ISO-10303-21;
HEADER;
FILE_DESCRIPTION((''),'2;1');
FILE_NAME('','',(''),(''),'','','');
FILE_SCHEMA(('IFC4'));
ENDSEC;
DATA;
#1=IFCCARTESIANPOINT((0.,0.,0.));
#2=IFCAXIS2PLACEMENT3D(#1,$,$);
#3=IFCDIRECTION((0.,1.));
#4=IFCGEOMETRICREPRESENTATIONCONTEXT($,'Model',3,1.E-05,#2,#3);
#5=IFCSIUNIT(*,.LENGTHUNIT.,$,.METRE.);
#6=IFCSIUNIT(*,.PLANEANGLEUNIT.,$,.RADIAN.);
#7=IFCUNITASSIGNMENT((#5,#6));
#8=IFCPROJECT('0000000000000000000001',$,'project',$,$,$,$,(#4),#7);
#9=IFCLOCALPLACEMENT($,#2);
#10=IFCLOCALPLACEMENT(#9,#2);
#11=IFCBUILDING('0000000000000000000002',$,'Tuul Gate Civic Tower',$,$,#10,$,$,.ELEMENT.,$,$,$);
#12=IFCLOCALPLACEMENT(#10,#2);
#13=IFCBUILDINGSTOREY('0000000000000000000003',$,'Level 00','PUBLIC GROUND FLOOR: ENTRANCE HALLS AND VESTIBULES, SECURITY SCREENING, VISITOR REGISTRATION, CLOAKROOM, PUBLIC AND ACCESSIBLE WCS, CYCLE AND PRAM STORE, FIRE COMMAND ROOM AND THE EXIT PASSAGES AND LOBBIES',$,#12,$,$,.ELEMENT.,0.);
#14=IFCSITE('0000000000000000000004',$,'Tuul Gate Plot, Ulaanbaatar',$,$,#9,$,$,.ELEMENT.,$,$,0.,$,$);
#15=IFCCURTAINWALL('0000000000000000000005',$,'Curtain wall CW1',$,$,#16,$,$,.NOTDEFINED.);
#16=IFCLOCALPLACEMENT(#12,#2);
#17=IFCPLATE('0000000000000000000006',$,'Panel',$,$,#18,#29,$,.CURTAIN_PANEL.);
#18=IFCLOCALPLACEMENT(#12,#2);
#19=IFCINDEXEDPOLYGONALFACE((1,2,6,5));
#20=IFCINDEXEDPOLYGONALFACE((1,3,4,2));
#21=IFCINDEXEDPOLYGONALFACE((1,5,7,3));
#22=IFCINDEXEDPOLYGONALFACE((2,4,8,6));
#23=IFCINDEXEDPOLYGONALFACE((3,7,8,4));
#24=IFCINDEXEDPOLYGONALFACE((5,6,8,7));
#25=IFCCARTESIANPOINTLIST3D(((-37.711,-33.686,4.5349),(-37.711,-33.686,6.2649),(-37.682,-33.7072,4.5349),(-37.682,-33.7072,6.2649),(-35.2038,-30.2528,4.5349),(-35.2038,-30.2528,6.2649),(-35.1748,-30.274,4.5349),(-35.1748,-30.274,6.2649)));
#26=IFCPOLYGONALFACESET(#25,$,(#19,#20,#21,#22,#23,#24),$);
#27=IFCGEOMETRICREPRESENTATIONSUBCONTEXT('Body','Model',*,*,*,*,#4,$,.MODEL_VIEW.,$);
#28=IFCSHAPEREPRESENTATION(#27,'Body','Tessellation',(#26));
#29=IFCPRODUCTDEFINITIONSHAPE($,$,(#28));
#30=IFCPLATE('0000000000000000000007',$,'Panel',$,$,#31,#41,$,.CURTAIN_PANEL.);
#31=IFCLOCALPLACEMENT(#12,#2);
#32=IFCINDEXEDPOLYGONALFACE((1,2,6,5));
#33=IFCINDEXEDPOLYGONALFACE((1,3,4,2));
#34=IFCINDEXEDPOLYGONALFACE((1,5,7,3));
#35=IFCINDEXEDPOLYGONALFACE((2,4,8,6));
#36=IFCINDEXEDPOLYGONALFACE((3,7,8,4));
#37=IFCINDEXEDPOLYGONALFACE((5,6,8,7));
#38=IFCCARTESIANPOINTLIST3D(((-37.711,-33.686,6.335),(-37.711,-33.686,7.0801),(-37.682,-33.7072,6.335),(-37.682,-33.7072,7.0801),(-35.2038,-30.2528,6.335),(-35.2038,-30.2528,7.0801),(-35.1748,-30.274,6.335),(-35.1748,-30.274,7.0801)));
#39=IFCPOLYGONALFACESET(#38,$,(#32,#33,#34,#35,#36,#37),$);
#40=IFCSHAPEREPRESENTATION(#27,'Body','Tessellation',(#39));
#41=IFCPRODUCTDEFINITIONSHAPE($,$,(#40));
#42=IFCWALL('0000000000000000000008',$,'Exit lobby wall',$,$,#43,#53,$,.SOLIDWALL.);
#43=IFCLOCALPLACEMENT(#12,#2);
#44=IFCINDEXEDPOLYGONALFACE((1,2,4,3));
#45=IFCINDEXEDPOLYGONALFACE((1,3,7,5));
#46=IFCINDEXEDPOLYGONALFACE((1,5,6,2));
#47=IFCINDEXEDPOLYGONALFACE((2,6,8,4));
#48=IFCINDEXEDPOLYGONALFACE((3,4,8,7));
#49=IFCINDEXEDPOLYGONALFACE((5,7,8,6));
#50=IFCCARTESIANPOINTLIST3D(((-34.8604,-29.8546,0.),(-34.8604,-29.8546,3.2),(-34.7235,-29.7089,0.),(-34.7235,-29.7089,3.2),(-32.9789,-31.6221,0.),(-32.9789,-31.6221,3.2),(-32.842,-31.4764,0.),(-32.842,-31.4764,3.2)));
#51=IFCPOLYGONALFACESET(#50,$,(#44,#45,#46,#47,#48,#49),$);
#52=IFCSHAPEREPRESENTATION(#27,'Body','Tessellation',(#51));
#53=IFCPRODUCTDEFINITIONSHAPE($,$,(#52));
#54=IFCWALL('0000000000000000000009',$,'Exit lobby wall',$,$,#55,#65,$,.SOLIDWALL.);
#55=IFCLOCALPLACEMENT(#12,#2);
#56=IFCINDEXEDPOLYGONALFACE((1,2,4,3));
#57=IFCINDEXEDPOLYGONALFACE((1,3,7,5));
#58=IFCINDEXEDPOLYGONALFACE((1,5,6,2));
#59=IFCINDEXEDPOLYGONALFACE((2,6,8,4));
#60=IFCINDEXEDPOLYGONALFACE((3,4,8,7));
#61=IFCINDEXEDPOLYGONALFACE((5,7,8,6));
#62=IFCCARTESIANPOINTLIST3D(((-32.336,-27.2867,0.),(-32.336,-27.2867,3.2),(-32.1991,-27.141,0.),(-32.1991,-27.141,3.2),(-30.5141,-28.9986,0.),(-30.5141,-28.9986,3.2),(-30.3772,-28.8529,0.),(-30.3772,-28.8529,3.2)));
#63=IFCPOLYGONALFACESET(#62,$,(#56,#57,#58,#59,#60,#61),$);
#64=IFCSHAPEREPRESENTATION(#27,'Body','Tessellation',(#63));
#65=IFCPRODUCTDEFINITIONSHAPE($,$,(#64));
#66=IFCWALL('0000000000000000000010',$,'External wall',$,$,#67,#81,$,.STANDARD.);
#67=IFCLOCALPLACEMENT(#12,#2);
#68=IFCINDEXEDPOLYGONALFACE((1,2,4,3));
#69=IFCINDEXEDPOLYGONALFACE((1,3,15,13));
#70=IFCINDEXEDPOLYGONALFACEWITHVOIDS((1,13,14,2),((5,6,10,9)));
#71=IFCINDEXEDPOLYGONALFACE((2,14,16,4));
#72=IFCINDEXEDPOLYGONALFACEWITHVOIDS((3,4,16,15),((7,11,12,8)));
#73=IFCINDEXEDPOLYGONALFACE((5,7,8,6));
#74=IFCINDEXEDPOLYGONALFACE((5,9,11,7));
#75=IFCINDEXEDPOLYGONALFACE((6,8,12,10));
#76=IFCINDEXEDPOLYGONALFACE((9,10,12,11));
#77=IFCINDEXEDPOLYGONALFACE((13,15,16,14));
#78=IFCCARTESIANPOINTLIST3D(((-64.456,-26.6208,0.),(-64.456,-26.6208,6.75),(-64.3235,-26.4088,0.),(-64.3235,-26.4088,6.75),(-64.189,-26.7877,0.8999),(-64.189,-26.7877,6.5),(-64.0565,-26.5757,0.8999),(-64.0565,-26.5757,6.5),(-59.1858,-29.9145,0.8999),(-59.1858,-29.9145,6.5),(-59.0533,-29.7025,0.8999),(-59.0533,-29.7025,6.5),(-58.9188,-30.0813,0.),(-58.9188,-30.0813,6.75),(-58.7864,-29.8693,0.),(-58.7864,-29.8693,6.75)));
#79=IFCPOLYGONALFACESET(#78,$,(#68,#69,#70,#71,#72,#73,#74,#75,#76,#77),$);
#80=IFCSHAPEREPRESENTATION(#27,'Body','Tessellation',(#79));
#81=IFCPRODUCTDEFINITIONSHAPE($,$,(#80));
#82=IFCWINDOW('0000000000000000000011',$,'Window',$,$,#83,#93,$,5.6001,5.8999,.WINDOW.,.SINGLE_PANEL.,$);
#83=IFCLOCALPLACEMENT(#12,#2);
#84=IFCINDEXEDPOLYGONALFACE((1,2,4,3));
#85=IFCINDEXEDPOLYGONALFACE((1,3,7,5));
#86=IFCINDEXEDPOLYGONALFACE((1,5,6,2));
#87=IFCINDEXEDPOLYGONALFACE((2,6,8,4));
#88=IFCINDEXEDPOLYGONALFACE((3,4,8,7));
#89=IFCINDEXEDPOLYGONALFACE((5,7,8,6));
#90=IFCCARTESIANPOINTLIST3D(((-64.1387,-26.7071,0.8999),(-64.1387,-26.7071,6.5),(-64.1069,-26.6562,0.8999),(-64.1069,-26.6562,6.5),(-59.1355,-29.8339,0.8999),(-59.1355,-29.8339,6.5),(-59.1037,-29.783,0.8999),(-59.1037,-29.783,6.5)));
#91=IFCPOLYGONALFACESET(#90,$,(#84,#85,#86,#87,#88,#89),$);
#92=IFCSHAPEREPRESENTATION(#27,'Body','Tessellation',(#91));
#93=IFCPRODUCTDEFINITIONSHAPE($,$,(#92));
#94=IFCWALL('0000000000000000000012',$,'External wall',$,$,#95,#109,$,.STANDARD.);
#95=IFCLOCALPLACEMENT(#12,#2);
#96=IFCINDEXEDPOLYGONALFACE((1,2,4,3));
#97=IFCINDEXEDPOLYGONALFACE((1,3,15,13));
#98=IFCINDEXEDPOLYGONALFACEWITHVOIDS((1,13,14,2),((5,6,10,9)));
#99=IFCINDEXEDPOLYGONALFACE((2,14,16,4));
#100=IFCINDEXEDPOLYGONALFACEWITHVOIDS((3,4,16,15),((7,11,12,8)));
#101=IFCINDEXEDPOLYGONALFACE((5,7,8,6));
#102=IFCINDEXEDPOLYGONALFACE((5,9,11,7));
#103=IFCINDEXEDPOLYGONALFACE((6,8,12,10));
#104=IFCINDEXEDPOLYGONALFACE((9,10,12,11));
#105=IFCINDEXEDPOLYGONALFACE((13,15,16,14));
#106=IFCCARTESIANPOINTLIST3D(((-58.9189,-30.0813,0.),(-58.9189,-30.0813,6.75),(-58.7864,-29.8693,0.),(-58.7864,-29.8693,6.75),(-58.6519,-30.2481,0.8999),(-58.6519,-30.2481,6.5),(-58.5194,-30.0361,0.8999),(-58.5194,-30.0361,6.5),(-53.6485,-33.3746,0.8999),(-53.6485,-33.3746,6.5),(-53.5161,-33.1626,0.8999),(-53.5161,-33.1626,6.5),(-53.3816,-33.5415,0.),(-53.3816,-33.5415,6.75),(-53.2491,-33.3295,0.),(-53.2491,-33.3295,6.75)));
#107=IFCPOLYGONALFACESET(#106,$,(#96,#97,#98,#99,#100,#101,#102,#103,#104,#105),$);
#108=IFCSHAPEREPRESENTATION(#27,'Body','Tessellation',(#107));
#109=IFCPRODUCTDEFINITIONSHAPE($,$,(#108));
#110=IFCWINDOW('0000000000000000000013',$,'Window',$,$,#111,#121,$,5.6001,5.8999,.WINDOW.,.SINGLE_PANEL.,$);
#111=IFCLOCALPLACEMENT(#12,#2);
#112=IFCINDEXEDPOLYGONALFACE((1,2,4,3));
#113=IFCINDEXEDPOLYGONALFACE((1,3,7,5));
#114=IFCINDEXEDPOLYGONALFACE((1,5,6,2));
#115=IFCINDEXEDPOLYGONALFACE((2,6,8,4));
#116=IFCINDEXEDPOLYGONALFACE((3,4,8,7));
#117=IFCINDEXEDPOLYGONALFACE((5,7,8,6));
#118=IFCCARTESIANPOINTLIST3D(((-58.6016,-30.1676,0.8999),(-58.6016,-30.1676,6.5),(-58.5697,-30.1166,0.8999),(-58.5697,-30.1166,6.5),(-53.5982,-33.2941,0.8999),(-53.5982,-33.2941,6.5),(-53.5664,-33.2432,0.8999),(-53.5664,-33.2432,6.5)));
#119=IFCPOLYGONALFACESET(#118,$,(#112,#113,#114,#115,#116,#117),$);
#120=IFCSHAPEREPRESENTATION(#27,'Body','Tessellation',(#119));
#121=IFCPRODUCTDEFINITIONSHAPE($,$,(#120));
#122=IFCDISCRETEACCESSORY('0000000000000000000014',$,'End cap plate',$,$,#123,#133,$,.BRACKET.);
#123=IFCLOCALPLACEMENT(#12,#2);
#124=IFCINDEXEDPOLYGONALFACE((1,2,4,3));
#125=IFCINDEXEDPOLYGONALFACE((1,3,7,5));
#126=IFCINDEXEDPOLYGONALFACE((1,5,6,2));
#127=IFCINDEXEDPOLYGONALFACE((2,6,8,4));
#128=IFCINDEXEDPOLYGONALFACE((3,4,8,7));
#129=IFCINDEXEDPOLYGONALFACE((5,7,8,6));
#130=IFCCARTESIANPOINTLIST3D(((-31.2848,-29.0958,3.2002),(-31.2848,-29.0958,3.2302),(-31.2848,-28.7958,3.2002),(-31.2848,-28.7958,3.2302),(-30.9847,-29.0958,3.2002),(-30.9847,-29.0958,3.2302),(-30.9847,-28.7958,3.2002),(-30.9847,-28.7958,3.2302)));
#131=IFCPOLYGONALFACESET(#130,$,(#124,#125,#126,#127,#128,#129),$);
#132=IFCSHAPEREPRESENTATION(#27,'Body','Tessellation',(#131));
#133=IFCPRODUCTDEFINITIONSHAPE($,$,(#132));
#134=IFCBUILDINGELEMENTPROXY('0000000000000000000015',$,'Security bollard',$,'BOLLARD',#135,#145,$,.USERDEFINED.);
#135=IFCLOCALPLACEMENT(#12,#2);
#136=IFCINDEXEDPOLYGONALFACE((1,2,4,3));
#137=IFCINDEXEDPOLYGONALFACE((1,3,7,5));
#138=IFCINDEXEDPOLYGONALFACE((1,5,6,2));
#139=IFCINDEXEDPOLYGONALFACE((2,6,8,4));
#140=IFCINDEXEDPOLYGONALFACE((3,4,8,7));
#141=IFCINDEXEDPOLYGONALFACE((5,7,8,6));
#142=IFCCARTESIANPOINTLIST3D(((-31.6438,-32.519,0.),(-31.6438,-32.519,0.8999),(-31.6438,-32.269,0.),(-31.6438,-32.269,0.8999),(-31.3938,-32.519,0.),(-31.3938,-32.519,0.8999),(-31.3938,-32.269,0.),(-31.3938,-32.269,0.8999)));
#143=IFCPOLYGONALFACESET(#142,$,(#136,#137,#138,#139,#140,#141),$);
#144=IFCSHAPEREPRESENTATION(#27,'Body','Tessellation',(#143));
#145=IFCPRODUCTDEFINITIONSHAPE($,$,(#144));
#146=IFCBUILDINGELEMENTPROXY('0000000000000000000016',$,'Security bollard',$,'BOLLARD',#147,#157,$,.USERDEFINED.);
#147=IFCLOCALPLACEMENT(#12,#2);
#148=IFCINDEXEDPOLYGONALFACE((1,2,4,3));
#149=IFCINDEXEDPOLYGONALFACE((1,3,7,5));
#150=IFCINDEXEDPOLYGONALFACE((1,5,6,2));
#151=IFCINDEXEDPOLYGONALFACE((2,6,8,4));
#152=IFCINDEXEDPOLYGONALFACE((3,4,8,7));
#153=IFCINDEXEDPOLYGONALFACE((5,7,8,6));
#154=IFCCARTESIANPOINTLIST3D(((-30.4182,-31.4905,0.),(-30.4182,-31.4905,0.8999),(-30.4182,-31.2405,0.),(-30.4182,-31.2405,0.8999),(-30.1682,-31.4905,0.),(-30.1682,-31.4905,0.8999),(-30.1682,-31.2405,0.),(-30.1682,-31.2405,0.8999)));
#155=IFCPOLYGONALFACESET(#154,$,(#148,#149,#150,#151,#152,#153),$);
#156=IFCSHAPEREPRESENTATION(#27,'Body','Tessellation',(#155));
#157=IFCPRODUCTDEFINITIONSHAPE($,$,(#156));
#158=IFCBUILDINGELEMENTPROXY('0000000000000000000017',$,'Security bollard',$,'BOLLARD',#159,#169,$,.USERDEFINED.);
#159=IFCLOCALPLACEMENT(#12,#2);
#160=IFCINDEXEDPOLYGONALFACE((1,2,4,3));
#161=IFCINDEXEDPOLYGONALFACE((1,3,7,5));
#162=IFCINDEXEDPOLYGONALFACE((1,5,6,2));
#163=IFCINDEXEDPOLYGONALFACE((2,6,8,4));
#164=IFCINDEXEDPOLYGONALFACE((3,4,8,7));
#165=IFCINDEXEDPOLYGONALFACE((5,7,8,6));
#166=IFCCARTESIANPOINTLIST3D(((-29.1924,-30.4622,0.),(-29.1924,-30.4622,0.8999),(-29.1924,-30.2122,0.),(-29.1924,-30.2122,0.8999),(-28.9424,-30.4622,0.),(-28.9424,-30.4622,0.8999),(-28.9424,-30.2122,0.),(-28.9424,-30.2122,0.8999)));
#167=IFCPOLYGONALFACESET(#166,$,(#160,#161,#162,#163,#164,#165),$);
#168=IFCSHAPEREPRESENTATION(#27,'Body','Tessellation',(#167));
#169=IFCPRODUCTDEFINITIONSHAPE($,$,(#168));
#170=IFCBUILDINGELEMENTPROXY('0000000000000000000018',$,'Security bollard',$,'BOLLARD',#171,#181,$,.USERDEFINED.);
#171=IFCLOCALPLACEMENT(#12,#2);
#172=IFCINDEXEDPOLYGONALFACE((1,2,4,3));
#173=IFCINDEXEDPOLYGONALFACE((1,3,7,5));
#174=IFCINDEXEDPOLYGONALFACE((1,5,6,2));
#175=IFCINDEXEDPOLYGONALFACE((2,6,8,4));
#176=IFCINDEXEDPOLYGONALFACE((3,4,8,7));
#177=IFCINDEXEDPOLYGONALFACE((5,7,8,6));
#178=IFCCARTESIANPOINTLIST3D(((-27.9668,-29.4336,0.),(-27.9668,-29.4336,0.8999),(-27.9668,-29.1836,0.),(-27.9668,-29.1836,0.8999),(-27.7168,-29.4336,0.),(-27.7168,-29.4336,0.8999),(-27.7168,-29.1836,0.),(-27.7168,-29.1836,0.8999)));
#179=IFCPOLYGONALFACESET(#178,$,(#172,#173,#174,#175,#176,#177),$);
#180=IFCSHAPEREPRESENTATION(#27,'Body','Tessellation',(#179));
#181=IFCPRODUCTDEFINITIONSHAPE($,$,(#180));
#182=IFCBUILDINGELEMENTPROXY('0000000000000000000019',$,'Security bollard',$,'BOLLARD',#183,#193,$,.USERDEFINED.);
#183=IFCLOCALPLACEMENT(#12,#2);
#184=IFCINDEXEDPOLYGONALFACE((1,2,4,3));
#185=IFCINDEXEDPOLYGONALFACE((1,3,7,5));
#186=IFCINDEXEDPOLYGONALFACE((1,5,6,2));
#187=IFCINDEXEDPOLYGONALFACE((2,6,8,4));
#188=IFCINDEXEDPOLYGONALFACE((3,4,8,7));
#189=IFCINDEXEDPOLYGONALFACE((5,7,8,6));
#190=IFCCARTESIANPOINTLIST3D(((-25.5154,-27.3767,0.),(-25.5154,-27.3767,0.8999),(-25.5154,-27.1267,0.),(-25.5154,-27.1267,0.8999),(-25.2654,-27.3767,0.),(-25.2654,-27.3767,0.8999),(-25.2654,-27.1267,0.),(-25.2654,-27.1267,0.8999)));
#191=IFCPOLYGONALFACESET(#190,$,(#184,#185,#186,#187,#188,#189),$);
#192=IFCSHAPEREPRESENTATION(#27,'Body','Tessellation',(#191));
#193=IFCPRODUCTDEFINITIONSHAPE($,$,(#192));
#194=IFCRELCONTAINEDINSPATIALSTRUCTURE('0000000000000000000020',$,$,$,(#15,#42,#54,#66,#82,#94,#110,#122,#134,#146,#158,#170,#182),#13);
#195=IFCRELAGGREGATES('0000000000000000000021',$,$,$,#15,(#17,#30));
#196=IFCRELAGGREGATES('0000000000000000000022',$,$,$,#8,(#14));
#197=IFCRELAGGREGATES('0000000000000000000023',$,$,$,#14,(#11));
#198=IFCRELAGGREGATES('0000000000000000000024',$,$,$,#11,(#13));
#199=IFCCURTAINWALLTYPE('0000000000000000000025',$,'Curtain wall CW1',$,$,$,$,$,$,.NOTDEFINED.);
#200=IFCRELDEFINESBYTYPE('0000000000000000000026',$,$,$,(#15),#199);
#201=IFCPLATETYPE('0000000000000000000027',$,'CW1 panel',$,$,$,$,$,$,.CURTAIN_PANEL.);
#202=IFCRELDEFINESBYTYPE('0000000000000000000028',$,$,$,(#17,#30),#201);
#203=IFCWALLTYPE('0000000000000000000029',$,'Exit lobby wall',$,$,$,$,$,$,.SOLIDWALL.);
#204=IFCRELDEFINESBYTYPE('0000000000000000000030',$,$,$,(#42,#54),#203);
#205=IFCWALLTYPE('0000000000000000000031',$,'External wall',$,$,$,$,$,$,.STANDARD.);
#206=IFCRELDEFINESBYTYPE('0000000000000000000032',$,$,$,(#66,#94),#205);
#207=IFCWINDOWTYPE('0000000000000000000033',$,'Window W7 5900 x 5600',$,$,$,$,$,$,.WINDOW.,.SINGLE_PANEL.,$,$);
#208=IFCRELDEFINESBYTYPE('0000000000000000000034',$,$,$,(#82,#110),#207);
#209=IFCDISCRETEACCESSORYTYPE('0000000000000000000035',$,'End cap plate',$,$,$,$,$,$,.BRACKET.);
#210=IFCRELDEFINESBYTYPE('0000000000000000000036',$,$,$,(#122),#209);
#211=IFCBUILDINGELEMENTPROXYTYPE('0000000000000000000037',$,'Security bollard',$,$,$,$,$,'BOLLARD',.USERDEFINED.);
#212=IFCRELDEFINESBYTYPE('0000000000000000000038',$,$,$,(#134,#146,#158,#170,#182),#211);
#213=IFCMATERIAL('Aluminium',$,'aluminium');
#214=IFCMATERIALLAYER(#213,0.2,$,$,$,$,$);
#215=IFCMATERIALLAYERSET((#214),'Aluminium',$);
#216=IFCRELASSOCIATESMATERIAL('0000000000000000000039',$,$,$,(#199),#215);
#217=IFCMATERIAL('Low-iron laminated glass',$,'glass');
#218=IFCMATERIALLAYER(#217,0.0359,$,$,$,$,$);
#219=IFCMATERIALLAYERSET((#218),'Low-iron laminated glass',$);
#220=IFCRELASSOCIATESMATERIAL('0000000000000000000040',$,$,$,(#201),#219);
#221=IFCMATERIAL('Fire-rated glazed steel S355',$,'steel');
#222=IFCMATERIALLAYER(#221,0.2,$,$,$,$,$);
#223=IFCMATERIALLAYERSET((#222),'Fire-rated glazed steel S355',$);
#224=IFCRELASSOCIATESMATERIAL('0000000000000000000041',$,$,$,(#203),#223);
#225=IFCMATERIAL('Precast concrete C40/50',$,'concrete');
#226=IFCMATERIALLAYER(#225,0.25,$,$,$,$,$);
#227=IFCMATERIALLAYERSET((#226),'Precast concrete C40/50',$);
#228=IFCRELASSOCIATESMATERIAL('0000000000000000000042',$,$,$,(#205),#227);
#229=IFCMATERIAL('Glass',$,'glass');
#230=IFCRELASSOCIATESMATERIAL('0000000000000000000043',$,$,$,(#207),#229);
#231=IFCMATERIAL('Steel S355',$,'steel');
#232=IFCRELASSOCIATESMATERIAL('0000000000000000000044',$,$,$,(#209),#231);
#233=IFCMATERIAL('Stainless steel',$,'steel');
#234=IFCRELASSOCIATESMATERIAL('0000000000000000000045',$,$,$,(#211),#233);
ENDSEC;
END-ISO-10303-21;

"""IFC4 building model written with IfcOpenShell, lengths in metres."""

from ifc_helpers import new_model, si_unit, direction, frame, frame_2d, origin, origin_2d, place, context, subcontext, project, spatial, rectangle, extrude, material, layer, layer_set, type_object, element, fill, aggregate, save


model = new_model("IFC4")

# Units and contexts
model_context = context("Model", 3, precision=1e-05, world=origin(), true_north=direction((0.0, 1.0)))
body_context = subcontext(model_context, "Body", "Model", "MODEL_VIEW")
ifc_project = project(units=[si_unit("LENGTHUNIT", "METRE"), si_unit("PLANEANGLEUNIT", "RADIAN")], contexts=[model_context])

# Site, building, storey
site_placement = place(None, origin())
site = spatial("IfcSite", under=ifc_project, at=site_placement, Name="Tuul Gate Plot, Ulaanbaatar", CompositionType="ELEMENT", RefElevation=0.0)
building_placement = place(site_placement, origin())
building = spatial("IfcBuilding", under=site, at=building_placement, Name="Tuul Gate Civic Tower", CompositionType="ELEMENT")
storey_placement = place(building_placement, origin())
storey = spatial("IfcBuildingStorey", under=building, at=storey_placement, Name="Level 00", Description="PUBLIC GROUND FLOOR: ENTRANCE HALLS AND VESTIBULES, SECURITY SCREENING, VISITOR REGISTRATION, CLOAKROOM, PUBLIC AND ACCESSIBLE WCS, CYCLE AND PRAM STORE, FIRE COMMAND ROOM AND THE EXIT PASSAGES AND LOBBIES", CompositionType="ELEMENT", Elevation=0.0)

# Curtain wall
ifc_material_1 = material(Name="Aluminium", Category="aluminium")
ifc_layer_1 = layer(ifc_material_1, 0.2)
ifc_layer_set_1 = layer_set([ifc_layer_1], Name="Aluminium")
curtain_wall_type = type_object("IfcCurtainWallType", Name="Curtain wall CW1", PredefinedType="NOTDEFINED", material=ifc_layer_set_1)
curtain_wall_placement = place(storey_placement, origin())
curtain_wall = element("IfcCurtainWall", 1, at=curtain_wall_placement, inside=storey, type_object=curtain_wall_type, Name="Curtain wall CW1", PredefinedType="NOTDEFINED")

# Plates
ifc_material_2 = material(Name="Low-iron laminated glass", Category="glass")
ifc_layer_2 = layer(ifc_material_2, 0.0359)
ifc_layer_set_2 = layer_set([ifc_layer_2], Name="Low-iron laminated glass")
plate_type = type_object("IfcPlateType", Name="CW1 panel", PredefinedType="CURTAIN_PANEL", material=ifc_layer_set_2)
plate_1_placement = place(storey_placement, frame((-36.4429, -31.98, 4.5349), z_axis=(0.0, 0.0, 1.0), x_axis=(0.589756, 0.807581, 0.0)))
plate_1 = element("IfcPlate", 2, at=plate_1_placement, type_object=plate_type, Name="Panel", PredefinedType="CURTAIN_PANEL", context=body_context, shape_type="SweptSolid", body=[
    extrude(rectangle(XDim=4.2512, YDim=0.0359, at=origin_2d()), origin(), (0.0, 0.0, 1.0), 1.73),
])
plate_2_placement = place(storey_placement, frame((-36.4429, -31.98, 6.335), z_axis=(0.0, 0.0, 1.0), x_axis=(0.589756, 0.807581, 0.0)))
plate_2 = element("IfcPlate", 3, at=plate_2_placement, type_object=plate_type, Name="Panel", PredefinedType="CURTAIN_PANEL", context=body_context, shape_type="SweptSolid", body=[
    extrude(rectangle(XDim=4.2512, YDim=0.0359, at=origin_2d()), origin(), (0.0, 0.0, 1.0), 0.7451),
])
aggregate(curtain_wall, [plate_1, plate_2])

# Walls
ifc_material_3 = material(Name="Fire-rated glazed steel S355", Category="steel")
ifc_layer_3 = layer(ifc_material_3, 0.2)
ifc_layer_set_3 = layer_set([ifc_layer_3], Name="Fire-rated glazed steel S355")
wall_type_1 = type_object("IfcWallType", Name="Exit lobby wall", PredefinedType="SOLIDWALL", material=ifc_layer_set_3)
wall_1_placement = place(storey_placement, frame((-34.792, -29.7817, 0.0), z_axis=(0.0, 0.0, 1.0), x_axis=(0.728844, -0.68468, 0.0)))
element("IfcWall", 4, at=wall_1_placement, inside=storey, type_object=wall_type_1, Name="Exit lobby wall", PredefinedType="SOLIDWALL", context=body_context, shape_type="SweptSolid", body=[
    extrude(rectangle(XDim=2.5815, YDim=0.2, at=frame_2d((1.2908, 0.0))), origin(), (0.0, 0.0, 1.0), 3.2),
])
wall_2_placement = place(storey_placement, frame((-32.2676, -27.2139, 0.0), z_axis=(0.0, 0.0, 1.0), x_axis=(0.728785, -0.684743, 0.0)))
element("IfcWall", 5, at=wall_2_placement, inside=storey, type_object=wall_type_1, Name="Exit lobby wall", PredefinedType="SOLIDWALL", context=body_context, shape_type="SweptSolid", body=[
    extrude(rectangle(XDim=2.5, YDim=0.2, at=frame_2d((1.25, 0.0))), origin(), (0.0, 0.0, 1.0), 3.2),
])

# Walls, openings, windows
ifc_material_4 = material(Name="Precast concrete C40/50", Category="concrete")
ifc_layer_4 = layer(ifc_material_4, 0.25)
ifc_layer_set_4 = layer_set([ifc_layer_4], Name="Precast concrete C40/50")
wall_type_2 = type_object("IfcWallType", Name="External wall", PredefinedType="STANDARD", material=ifc_layer_set_4)
wall_3_placement = place(storey_placement, frame((-64.3896, -26.5149, 0.0), z_axis=(0.0, 0.0, 1.0), x_axis=(0.848015, -0.529972, 0.0)))
wall_3 = element("IfcWall", 6, at=wall_3_placement, inside=storey, type_object=wall_type_2, Name="External wall", PredefinedType="STANDARD", context=body_context, shape_type="SweptSolid", body=[
    extrude(rectangle(XDim=6.5295, YDim=0.25, at=frame_2d((3.2646, 0.0))), origin(), (0.0, 0.0, 1.0), 6.75),
])
opening_1_placement = place(wall_3_placement, frame((0.3147, 0.0, 0.8999)))
opening_1 = element("IfcOpeningElement", 7, at=opening_1_placement, cuts=wall_3, PredefinedType="OPENING", context=body_context, shape_type="SweptSolid", body=[
    extrude(rectangle(XDim=5.8999, YDim=5.6001, at=frame_2d((2.95, 2.8))), frame((0.0, 0.135, 0.0), z_axis=(0.0, -1.0, 0.0), x_axis=(1.0, 0.0, 0.0)), (0.0, 0.0, 1.0), 0.27),
])
ifc_material_5 = material(Name="Glass", Category="glass")
window_type = type_object("IfcWindowType", Name="Window W7 5900 x 5600", PartitioningType="SINGLE_PANEL", PredefinedType="WINDOW", material=ifc_material_5)
window_1_placement = place(opening_1_placement, origin())
window_1 = element("IfcWindow", 8, at=window_1_placement, inside=storey, type_object=window_type, Name="Window", OverallHeight=5.6001, OverallWidth=5.8999, PartitioningType="SINGLE_PANEL", PredefinedType="WINDOW", context=body_context, shape_type="SweptSolid", body=[
    extrude(rectangle(XDim=5.8999, YDim=5.6001, at=frame_2d((2.95, 2.8))), frame((0.0, 0.03, 0.0), z_axis=(0.0, -1.0, 0.0), x_axis=(1.0, 0.0, 0.0)), (0.0, 0.0, 1.0), 0.0601),
])
fill(opening_1, window_1)
wall_4_placement = place(storey_placement, frame((-58.8525, -29.9753, 0.0), z_axis=(0.0, 0.0, 1.0), x_axis=(0.848042, -0.529928, 0.0)))
wall_4 = element("IfcWall", 9, at=wall_4_placement, inside=storey, type_object=wall_type_2, Name="External wall", PredefinedType="STANDARD", context=body_context, shape_type="SweptSolid", body=[
    extrude(rectangle(XDim=6.5295, YDim=0.25, at=frame_2d((3.2646, 0.0))), origin(), (0.0, 0.0, 1.0), 6.75),
])
opening_2_placement = place(wall_4_placement, frame((0.3147, 0.0, 0.8999)))
opening_2 = element("IfcOpeningElement", 10, at=opening_2_placement, cuts=wall_4, PredefinedType="OPENING", context=body_context, shape_type="SweptSolid", body=[
    extrude(rectangle(XDim=5.8999, YDim=5.6001, at=frame_2d((2.95, 2.8))), frame((0.0, 0.135, 0.0), z_axis=(0.0, -1.0, 0.0), x_axis=(1.0, 0.0, 0.0)), (0.0, 0.0, 1.0), 0.27),
])
window_2_placement = place(opening_2_placement, origin())
window_2 = element("IfcWindow", 11, at=window_2_placement, inside=storey, type_object=window_type, Name="Window", OverallHeight=5.6001, OverallWidth=5.8999, PartitioningType="SINGLE_PANEL", PredefinedType="WINDOW", context=body_context, shape_type="SweptSolid", body=[
    extrude(rectangle(XDim=5.8999, YDim=5.6001, at=frame_2d((2.95, 2.8))), frame((0.0, 0.03, 0.0), z_axis=(0.0, -1.0, 0.0), x_axis=(1.0, 0.0, 0.0)), (0.0, 0.0, 1.0), 0.0601),
])
fill(opening_2, window_2)

# Discrete accessory
ifc_material_6 = material(Name="Steel S355", Category="steel")
discrete_accessory_type = type_object("IfcDiscreteAccessoryType", Name="End cap plate", PredefinedType="BRACKET", material=ifc_material_6)
discrete_accessory_placement = place(storey_placement, frame((-31.1348, -28.9458, 3.2002), z_axis=(0.0, 0.0, 1.0), x_axis=(1.0, 0.0, 0.0)))
element("IfcDiscreteAccessory", 12, at=discrete_accessory_placement, inside=storey, type_object=discrete_accessory_type, Name="End cap plate", PredefinedType="BRACKET", context=body_context, shape_type="SweptSolid", body=[
    extrude(rectangle(XDim=0.3, YDim=0.3, at=origin_2d()), origin(), (0.0, 0.0, 1.0), 0.03),
])

# Building element proxies
ifc_material_7 = material(Name="Stainless steel", Category="steel")
building_element_proxy_type = type_object("IfcBuildingElementProxyType", Name="Security bollard", ElementType="BOLLARD", PredefinedType="USERDEFINED", material=ifc_material_7)
for number, where, z_axis, x_axis, name in (
    (13, (-31.5188, -32.394, 0.0), (0.0, 0.0, 1.0), (1.0, 0.0, 0.0), "Security bollard"),
    (14, (-30.2932, -31.3655, 0.0), (0.0, 0.0, 1.0), (1.0, 0.0, 0.0), "Security bollard"),
    (15, (-29.0674, -30.3372, 0.0), (0.0, 0.0, 1.0), (1.0, 0.0, 0.0), "Security bollard"),
    (16, (-27.8418, -29.3086, 0.0), (0.0, 0.0, 1.0), (1.0, 0.0, 0.0), "Security bollard"),
    (17, (-25.3904, -27.2517, 0.0), (0.0, 0.0, 1.0), (1.0, 0.0, 0.0), "Security bollard"),
):
    element("IfcBuildingElementProxy", number, at=place(storey_placement, frame(where, z_axis=z_axis, x_axis=x_axis)), inside=storey, type_object=building_element_proxy_type, Name=name, ObjectType="BOLLARD", PredefinedType="USERDEFINED", context=body_context, shape_type="SweptSolid", body=[
        extrude(rectangle(XDim=0.25, YDim=0.25, at=origin_2d()), origin(), (0.0, 0.0, 1.0), 0.8999),
    ])

save(model, "model.ifc")
